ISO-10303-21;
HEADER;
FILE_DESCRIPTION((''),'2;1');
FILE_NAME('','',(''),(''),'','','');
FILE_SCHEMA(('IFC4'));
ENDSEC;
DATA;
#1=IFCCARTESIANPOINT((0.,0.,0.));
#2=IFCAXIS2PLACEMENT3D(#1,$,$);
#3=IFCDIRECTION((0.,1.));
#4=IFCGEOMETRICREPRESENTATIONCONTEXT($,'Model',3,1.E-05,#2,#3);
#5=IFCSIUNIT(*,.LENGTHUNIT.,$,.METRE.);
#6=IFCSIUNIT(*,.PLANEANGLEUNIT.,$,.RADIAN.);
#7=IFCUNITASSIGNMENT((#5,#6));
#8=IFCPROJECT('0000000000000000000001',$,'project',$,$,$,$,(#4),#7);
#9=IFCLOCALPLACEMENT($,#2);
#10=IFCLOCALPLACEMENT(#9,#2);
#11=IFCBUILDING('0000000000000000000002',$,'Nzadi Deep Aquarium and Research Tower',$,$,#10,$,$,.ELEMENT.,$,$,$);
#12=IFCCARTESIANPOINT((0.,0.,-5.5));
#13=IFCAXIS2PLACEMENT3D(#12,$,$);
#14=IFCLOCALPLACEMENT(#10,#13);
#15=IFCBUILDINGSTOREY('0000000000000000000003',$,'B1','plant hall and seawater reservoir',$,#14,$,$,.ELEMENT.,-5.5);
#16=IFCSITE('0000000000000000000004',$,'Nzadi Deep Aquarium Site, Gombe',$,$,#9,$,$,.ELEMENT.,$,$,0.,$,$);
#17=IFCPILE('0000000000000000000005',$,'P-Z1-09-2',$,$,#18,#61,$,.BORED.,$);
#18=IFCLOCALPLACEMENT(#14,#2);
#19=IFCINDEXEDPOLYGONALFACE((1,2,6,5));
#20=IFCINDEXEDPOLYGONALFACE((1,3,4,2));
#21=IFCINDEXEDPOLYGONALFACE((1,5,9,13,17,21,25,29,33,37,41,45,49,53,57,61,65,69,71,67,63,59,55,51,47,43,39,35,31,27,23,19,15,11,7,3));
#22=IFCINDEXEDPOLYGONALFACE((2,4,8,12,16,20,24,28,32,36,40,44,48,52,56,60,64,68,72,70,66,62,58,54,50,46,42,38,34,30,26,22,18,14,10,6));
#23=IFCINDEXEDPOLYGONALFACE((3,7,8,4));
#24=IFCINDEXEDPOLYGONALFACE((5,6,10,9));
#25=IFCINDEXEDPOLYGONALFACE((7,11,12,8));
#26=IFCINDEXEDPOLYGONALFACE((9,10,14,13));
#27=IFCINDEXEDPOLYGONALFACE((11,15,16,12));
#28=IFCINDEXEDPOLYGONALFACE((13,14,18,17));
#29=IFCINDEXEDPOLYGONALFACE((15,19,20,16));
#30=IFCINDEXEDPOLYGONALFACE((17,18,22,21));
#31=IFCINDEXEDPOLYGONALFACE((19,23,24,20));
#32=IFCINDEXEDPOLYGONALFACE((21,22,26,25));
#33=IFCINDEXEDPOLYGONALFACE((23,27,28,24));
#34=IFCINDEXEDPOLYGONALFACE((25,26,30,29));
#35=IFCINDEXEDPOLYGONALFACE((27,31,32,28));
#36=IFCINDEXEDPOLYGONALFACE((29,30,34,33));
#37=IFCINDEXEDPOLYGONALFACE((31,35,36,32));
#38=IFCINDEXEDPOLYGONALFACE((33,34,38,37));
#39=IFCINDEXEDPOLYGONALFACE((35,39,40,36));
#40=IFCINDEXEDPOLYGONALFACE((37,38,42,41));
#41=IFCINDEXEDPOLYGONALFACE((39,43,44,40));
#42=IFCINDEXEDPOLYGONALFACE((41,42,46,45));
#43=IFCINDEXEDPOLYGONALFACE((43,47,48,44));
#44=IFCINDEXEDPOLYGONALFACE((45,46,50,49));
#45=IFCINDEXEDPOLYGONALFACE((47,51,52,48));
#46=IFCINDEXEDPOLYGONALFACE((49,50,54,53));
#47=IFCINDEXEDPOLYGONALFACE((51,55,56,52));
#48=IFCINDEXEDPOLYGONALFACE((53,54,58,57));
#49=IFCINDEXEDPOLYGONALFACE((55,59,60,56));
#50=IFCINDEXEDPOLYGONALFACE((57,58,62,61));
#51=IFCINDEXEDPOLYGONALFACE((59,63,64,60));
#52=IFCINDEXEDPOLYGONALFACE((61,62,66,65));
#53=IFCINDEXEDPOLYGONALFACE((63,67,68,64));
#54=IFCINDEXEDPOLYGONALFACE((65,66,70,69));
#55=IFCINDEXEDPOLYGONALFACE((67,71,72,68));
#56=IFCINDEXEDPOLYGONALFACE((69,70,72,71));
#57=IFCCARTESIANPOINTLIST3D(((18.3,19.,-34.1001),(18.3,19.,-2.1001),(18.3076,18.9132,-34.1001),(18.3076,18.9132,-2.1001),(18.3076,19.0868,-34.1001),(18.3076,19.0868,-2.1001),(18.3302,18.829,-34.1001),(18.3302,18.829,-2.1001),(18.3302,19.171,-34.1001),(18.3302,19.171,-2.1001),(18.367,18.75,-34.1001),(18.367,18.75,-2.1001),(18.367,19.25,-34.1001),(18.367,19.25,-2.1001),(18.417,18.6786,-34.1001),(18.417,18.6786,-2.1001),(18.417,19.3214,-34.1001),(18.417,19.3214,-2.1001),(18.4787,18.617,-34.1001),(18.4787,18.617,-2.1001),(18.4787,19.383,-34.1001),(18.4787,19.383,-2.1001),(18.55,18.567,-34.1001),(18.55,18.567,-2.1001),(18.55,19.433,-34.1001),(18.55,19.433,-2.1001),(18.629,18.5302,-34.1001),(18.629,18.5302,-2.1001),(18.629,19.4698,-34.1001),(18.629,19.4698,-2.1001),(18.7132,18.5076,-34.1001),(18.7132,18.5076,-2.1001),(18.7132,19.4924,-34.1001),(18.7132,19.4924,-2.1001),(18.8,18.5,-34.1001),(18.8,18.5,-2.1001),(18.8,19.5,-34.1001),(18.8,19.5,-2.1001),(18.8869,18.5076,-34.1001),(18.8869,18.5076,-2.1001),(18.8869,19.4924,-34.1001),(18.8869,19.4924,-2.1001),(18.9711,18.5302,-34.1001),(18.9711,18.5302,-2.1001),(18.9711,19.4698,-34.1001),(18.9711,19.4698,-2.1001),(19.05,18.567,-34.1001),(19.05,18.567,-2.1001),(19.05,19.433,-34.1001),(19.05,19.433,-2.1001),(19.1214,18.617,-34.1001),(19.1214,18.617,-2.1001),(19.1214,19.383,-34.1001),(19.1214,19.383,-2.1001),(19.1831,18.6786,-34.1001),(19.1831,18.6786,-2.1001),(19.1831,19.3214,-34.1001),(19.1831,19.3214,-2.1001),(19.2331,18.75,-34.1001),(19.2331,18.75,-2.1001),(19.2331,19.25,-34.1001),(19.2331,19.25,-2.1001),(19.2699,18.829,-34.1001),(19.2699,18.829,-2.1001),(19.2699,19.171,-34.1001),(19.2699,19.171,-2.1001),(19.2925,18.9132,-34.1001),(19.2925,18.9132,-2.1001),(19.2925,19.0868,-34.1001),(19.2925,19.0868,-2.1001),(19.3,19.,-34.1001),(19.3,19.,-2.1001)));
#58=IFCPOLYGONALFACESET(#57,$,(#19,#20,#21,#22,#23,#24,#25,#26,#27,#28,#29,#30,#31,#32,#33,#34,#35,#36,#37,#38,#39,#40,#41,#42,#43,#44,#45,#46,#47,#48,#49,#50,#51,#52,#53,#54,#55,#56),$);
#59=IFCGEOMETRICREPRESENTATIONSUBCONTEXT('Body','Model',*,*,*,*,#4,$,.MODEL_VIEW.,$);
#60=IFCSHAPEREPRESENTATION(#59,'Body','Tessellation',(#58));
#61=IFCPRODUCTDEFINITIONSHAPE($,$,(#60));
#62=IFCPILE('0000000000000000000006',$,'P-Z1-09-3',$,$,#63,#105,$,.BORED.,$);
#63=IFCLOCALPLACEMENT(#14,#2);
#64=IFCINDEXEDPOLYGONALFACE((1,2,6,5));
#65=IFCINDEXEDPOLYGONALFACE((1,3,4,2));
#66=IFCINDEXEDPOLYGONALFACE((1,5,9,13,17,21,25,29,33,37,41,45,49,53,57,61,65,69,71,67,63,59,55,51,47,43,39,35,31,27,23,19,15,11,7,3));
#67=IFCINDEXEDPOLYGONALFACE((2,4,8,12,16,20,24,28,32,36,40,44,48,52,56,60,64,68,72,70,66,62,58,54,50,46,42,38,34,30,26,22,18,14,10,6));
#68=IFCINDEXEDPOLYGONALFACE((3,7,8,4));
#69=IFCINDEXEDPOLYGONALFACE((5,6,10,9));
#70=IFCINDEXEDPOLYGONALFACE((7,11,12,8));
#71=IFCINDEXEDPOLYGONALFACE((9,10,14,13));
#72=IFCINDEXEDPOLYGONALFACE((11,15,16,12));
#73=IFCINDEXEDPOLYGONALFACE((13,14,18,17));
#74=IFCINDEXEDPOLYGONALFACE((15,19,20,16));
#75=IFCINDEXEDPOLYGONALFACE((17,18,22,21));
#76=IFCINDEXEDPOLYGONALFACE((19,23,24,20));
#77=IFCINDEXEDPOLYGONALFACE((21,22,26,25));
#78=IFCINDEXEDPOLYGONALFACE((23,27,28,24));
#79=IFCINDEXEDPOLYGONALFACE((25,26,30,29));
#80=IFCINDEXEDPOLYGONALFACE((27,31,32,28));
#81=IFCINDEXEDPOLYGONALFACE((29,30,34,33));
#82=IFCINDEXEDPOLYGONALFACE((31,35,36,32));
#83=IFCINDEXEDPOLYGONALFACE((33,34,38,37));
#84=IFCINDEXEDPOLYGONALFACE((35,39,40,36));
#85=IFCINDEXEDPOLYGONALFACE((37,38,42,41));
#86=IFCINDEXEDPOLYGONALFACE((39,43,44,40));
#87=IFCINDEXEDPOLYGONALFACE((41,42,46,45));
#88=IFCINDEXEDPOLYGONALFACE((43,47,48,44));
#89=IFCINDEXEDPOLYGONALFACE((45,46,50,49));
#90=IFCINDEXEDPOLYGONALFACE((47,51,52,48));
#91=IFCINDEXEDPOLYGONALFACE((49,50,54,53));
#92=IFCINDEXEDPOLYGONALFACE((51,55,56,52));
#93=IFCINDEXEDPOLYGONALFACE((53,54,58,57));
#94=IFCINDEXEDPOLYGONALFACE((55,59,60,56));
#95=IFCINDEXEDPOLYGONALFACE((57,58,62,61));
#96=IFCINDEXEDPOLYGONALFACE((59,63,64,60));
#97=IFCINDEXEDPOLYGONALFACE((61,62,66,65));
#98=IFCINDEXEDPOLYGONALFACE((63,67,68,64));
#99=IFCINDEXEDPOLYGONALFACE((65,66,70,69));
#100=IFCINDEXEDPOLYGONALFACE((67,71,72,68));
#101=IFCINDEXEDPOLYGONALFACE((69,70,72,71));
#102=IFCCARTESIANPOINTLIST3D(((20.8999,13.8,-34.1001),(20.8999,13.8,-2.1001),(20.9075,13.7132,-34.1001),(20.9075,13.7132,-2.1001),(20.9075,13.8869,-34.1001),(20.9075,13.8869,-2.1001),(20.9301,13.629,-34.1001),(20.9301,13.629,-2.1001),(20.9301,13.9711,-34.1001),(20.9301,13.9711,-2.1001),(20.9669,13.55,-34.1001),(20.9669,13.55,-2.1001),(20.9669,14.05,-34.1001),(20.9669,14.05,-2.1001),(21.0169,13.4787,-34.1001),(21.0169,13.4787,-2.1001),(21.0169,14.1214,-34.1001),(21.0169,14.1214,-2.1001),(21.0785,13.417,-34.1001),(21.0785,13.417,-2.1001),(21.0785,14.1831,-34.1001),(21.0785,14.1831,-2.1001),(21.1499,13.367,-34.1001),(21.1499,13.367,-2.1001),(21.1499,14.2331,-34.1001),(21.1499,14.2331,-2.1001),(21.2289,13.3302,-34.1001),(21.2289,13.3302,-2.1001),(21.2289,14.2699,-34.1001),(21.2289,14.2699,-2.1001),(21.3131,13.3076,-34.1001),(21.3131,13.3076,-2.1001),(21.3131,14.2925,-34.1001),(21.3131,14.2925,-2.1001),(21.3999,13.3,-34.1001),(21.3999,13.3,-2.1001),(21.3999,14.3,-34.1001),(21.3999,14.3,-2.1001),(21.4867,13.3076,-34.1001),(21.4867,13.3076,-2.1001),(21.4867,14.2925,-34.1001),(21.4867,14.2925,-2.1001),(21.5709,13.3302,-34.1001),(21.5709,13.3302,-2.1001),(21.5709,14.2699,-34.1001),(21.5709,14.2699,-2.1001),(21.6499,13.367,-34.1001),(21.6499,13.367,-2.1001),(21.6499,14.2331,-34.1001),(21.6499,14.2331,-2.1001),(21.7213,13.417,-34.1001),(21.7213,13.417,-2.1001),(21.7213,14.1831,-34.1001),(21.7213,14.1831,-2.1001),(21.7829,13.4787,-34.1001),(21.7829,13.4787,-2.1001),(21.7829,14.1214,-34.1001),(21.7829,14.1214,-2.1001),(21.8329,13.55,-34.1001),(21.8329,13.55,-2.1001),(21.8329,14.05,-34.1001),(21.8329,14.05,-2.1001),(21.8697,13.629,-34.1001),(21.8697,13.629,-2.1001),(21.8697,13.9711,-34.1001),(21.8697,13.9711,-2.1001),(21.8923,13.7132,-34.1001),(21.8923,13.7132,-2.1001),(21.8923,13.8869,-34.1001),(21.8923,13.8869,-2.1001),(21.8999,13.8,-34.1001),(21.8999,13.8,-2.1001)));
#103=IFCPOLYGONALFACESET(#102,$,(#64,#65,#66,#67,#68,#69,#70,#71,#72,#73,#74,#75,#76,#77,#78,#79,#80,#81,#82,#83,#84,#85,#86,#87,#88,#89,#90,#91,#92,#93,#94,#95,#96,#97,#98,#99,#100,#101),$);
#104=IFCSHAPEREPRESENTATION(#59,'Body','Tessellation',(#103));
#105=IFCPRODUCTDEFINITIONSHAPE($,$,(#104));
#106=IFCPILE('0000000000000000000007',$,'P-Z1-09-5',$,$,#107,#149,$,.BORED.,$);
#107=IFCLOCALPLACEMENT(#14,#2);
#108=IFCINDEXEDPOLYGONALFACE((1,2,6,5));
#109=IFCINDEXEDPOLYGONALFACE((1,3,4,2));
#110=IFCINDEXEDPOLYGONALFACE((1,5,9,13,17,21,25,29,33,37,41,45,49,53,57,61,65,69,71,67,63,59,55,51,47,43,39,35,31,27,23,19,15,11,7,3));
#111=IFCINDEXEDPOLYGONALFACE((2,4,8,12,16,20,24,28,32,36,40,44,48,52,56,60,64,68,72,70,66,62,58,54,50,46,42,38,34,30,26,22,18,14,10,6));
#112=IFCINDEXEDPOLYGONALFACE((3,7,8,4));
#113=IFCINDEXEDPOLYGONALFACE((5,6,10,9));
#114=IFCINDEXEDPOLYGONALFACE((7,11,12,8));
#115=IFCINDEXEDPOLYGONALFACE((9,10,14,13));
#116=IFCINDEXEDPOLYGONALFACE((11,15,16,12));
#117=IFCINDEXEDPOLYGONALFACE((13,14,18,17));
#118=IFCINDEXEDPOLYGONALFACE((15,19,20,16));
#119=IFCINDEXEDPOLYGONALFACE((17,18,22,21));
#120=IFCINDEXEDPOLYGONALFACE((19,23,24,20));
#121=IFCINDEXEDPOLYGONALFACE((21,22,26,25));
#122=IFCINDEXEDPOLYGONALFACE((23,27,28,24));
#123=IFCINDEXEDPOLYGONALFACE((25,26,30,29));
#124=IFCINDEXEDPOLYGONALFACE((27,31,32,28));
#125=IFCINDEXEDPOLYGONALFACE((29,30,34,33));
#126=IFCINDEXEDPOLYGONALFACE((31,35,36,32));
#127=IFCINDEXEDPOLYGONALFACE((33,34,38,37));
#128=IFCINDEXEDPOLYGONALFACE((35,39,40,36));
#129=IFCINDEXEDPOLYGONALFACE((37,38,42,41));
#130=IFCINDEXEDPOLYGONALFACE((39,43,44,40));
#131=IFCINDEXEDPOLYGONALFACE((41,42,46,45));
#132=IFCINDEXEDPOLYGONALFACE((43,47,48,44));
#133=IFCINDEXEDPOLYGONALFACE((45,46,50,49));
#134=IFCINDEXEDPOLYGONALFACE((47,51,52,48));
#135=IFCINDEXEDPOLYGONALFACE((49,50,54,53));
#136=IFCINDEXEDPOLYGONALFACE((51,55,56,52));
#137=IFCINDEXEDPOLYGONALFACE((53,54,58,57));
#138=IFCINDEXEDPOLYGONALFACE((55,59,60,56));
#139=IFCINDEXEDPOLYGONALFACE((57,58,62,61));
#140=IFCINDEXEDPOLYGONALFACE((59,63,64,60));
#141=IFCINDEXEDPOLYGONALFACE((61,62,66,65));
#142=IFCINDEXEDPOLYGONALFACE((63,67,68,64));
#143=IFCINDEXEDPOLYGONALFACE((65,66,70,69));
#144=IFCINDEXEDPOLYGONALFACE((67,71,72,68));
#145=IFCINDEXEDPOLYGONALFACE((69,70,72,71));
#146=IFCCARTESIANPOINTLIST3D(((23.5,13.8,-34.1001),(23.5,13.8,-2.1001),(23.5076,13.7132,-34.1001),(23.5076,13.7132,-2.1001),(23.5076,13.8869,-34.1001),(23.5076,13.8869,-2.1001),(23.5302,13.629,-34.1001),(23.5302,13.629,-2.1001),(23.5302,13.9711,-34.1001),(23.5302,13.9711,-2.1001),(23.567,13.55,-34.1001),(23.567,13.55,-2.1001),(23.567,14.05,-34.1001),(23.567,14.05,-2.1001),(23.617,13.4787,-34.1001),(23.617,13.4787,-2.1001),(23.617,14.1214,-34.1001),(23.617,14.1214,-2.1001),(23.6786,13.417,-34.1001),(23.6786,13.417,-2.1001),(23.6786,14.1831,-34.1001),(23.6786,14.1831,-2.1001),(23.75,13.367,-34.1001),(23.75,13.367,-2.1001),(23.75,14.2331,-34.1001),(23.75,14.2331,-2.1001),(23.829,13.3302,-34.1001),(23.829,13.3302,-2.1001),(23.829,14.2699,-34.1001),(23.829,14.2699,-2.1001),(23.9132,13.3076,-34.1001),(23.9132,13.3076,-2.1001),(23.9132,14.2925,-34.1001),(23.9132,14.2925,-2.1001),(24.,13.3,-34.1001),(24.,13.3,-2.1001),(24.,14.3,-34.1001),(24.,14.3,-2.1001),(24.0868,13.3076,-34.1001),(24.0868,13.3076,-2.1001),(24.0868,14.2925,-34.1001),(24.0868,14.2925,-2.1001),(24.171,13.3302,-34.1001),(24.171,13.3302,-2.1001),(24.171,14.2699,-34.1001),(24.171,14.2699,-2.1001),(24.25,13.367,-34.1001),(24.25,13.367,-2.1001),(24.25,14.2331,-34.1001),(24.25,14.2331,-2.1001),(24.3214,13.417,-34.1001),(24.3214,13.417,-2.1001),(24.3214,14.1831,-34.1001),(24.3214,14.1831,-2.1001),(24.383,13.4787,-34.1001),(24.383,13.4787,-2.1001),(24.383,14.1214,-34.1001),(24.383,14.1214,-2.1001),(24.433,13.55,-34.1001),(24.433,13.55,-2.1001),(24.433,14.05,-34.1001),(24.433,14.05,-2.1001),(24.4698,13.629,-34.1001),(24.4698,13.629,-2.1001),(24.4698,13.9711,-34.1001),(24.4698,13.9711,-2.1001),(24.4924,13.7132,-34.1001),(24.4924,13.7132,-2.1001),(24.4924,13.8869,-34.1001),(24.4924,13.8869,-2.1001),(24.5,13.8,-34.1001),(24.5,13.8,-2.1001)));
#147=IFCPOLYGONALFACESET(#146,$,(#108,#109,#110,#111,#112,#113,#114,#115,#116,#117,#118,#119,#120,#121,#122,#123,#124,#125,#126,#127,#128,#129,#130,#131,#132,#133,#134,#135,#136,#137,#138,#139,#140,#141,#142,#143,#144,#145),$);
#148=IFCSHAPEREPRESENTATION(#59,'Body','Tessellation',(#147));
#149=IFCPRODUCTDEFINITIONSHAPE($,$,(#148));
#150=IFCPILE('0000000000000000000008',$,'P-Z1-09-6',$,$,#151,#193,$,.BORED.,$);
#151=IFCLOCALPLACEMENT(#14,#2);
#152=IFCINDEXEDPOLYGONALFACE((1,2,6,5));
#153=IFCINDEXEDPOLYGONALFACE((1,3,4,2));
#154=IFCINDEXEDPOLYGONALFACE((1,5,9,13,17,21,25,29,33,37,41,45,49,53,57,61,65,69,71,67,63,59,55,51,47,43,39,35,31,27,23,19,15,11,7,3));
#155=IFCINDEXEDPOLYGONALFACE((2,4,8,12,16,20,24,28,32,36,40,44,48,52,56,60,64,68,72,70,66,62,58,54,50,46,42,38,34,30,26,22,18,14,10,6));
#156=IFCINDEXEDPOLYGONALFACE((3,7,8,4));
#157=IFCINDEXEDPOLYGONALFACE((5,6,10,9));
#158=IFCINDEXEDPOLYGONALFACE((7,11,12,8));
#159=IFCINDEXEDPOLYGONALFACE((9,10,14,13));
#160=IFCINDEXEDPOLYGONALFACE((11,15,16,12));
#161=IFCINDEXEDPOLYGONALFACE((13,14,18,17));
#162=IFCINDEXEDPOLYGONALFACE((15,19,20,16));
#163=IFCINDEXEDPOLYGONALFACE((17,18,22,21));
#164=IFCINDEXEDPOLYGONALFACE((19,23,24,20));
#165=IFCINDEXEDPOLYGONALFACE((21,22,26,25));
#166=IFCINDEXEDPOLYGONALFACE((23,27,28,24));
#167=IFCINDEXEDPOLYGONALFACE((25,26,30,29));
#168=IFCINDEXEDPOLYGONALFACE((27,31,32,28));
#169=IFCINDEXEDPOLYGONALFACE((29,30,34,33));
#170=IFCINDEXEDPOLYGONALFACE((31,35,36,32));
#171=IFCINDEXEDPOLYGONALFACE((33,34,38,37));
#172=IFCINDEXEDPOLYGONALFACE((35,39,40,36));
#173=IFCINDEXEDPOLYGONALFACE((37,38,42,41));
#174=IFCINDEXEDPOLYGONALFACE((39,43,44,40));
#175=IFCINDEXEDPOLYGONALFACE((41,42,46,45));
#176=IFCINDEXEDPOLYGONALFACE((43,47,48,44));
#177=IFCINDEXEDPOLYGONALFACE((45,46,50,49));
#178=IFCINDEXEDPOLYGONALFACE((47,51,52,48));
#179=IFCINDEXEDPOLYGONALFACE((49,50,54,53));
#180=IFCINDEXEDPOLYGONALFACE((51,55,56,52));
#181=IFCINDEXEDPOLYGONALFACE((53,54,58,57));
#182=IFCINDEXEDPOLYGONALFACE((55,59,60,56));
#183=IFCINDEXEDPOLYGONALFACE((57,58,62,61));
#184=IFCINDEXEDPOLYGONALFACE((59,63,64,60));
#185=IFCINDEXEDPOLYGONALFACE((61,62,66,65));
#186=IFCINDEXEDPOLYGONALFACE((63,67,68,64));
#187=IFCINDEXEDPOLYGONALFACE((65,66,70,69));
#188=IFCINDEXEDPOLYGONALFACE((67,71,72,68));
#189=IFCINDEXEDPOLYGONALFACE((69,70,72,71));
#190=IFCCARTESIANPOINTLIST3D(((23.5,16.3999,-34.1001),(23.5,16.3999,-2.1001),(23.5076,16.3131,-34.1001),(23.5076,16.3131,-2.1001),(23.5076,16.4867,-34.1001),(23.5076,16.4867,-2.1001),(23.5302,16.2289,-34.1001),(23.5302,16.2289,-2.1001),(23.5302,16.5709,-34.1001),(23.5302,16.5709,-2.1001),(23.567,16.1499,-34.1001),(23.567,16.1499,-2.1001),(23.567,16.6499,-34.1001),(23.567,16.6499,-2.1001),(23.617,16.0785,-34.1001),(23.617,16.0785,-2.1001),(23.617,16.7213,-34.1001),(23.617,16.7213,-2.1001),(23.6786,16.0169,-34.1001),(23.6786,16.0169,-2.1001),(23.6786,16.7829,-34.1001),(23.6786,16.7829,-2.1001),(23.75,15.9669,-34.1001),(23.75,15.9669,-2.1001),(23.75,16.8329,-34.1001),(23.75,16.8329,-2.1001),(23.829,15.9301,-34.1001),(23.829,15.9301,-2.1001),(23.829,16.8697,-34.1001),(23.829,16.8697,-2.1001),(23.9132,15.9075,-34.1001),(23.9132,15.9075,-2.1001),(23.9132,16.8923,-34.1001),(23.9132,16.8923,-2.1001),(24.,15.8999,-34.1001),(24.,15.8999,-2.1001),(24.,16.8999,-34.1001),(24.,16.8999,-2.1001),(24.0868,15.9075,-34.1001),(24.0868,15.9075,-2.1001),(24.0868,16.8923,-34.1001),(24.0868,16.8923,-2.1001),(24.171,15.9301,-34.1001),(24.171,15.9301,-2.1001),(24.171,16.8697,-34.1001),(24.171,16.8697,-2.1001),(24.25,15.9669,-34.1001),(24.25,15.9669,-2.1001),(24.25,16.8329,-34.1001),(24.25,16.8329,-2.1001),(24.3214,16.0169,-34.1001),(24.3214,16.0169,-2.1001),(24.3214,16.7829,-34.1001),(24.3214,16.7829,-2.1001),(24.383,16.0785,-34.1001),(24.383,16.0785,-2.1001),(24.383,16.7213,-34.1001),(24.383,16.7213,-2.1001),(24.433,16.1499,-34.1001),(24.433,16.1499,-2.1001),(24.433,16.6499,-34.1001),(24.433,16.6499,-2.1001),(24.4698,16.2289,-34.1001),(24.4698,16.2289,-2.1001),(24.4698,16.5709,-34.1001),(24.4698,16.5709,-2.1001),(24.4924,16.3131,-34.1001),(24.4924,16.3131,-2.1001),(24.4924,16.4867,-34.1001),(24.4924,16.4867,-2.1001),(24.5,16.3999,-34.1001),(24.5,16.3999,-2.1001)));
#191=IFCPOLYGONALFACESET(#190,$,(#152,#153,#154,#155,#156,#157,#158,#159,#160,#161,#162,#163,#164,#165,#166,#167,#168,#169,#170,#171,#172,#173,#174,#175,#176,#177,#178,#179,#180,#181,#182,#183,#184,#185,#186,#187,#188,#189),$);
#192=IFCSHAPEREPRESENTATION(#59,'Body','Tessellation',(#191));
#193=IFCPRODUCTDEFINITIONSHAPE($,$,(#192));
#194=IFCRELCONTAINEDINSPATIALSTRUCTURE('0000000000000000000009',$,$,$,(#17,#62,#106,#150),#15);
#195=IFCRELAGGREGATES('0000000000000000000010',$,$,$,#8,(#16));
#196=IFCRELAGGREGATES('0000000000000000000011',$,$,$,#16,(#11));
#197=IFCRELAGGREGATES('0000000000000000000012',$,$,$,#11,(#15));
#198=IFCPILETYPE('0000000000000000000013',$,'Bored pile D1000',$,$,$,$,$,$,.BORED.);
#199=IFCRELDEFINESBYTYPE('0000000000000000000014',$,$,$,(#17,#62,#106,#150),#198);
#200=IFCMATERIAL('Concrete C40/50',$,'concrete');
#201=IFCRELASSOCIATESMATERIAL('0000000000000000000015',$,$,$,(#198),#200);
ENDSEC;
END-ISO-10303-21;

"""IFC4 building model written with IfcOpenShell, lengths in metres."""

from ifc_helpers import new_model, si_unit, direction, frame, origin, origin_2d, place, context, subcontext, project, spatial, circle, extrude, material, material_profile, profile_set, type_object, element, save


model = new_model("IFC4")

# Units and contexts
model_context = context("Model", 3, precision=1e-05, world=origin(), true_north=direction((0.0, 1.0)))
body_context = subcontext(model_context, "Body", "Model", "MODEL_VIEW")
ifc_project = project(units=[si_unit("LENGTHUNIT", "METRE"), si_unit("PLANEANGLEUNIT", "RADIAN")], contexts=[model_context])

# Site, building, storey
site_placement = place(None, origin())
site = spatial("IfcSite", under=ifc_project, at=site_placement, Name="Nzadi Deep Aquarium Site, Gombe", CompositionType="ELEMENT", RefElevation=0.0)
building_placement = place(site_placement, origin())
building = spatial("IfcBuilding", under=site, at=building_placement, Name="Nzadi Deep Aquarium and Research Tower", CompositionType="ELEMENT")
storey_placement = place(building_placement, frame((0.0, 0.0, -5.5)))
storey = spatial("IfcBuildingStorey", under=building, at=storey_placement, Name="B1", Description="plant hall and seawater reservoir", CompositionType="ELEMENT", Elevation=-5.5)

# Piles
ifc_material_1 = material(Name="Concrete C40/50", Category="concrete")
ifc_material_profile_1 = material_profile(ifc_material_1, circle(Radius=0.5, at=origin_2d()))
ifc_profile_set_1 = profile_set([ifc_material_profile_1], Name="Concrete C40/50")
pile_type = type_object("IfcPileType", Name="Bored pile D1000", PredefinedType="BORED", material=ifc_profile_set_1)
for number, where, z_axis, x_axis, name in (
    (1, (18.8, 19.0, -2.1001), (0.0, 0.0, -1.0), (1.0, 0.0, 0.0), "P-Z1-09-2"),
    (2, (21.3999, 13.8, -2.1001), (0.0, 0.0, -1.0), (1.0, 0.0, 0.0), "P-Z1-09-3"),
    (3, (24.0, 13.8, -2.1001), (0.0, 0.0, -1.0), (1.0, 0.0, 0.0), "P-Z1-09-5"),
    (4, (24.0, 16.3999, -2.1001), (0.0, 0.0, -1.0), (1.0, 0.0, 0.0), "P-Z1-09-6"),
):
    element("IfcPile", number, at=place(storey_placement, frame(where, z_axis=z_axis, x_axis=x_axis)), inside=storey, type_object=pile_type, Name=name, PredefinedType="BORED", context=body_context, shape_type="SweptSolid", body=[
        extrude(circle(Radius=0.5, at=origin_2d()), origin(), (0.0, 0.0, 1.0), 32.0),
    ])

save(model, "model.ifc")
